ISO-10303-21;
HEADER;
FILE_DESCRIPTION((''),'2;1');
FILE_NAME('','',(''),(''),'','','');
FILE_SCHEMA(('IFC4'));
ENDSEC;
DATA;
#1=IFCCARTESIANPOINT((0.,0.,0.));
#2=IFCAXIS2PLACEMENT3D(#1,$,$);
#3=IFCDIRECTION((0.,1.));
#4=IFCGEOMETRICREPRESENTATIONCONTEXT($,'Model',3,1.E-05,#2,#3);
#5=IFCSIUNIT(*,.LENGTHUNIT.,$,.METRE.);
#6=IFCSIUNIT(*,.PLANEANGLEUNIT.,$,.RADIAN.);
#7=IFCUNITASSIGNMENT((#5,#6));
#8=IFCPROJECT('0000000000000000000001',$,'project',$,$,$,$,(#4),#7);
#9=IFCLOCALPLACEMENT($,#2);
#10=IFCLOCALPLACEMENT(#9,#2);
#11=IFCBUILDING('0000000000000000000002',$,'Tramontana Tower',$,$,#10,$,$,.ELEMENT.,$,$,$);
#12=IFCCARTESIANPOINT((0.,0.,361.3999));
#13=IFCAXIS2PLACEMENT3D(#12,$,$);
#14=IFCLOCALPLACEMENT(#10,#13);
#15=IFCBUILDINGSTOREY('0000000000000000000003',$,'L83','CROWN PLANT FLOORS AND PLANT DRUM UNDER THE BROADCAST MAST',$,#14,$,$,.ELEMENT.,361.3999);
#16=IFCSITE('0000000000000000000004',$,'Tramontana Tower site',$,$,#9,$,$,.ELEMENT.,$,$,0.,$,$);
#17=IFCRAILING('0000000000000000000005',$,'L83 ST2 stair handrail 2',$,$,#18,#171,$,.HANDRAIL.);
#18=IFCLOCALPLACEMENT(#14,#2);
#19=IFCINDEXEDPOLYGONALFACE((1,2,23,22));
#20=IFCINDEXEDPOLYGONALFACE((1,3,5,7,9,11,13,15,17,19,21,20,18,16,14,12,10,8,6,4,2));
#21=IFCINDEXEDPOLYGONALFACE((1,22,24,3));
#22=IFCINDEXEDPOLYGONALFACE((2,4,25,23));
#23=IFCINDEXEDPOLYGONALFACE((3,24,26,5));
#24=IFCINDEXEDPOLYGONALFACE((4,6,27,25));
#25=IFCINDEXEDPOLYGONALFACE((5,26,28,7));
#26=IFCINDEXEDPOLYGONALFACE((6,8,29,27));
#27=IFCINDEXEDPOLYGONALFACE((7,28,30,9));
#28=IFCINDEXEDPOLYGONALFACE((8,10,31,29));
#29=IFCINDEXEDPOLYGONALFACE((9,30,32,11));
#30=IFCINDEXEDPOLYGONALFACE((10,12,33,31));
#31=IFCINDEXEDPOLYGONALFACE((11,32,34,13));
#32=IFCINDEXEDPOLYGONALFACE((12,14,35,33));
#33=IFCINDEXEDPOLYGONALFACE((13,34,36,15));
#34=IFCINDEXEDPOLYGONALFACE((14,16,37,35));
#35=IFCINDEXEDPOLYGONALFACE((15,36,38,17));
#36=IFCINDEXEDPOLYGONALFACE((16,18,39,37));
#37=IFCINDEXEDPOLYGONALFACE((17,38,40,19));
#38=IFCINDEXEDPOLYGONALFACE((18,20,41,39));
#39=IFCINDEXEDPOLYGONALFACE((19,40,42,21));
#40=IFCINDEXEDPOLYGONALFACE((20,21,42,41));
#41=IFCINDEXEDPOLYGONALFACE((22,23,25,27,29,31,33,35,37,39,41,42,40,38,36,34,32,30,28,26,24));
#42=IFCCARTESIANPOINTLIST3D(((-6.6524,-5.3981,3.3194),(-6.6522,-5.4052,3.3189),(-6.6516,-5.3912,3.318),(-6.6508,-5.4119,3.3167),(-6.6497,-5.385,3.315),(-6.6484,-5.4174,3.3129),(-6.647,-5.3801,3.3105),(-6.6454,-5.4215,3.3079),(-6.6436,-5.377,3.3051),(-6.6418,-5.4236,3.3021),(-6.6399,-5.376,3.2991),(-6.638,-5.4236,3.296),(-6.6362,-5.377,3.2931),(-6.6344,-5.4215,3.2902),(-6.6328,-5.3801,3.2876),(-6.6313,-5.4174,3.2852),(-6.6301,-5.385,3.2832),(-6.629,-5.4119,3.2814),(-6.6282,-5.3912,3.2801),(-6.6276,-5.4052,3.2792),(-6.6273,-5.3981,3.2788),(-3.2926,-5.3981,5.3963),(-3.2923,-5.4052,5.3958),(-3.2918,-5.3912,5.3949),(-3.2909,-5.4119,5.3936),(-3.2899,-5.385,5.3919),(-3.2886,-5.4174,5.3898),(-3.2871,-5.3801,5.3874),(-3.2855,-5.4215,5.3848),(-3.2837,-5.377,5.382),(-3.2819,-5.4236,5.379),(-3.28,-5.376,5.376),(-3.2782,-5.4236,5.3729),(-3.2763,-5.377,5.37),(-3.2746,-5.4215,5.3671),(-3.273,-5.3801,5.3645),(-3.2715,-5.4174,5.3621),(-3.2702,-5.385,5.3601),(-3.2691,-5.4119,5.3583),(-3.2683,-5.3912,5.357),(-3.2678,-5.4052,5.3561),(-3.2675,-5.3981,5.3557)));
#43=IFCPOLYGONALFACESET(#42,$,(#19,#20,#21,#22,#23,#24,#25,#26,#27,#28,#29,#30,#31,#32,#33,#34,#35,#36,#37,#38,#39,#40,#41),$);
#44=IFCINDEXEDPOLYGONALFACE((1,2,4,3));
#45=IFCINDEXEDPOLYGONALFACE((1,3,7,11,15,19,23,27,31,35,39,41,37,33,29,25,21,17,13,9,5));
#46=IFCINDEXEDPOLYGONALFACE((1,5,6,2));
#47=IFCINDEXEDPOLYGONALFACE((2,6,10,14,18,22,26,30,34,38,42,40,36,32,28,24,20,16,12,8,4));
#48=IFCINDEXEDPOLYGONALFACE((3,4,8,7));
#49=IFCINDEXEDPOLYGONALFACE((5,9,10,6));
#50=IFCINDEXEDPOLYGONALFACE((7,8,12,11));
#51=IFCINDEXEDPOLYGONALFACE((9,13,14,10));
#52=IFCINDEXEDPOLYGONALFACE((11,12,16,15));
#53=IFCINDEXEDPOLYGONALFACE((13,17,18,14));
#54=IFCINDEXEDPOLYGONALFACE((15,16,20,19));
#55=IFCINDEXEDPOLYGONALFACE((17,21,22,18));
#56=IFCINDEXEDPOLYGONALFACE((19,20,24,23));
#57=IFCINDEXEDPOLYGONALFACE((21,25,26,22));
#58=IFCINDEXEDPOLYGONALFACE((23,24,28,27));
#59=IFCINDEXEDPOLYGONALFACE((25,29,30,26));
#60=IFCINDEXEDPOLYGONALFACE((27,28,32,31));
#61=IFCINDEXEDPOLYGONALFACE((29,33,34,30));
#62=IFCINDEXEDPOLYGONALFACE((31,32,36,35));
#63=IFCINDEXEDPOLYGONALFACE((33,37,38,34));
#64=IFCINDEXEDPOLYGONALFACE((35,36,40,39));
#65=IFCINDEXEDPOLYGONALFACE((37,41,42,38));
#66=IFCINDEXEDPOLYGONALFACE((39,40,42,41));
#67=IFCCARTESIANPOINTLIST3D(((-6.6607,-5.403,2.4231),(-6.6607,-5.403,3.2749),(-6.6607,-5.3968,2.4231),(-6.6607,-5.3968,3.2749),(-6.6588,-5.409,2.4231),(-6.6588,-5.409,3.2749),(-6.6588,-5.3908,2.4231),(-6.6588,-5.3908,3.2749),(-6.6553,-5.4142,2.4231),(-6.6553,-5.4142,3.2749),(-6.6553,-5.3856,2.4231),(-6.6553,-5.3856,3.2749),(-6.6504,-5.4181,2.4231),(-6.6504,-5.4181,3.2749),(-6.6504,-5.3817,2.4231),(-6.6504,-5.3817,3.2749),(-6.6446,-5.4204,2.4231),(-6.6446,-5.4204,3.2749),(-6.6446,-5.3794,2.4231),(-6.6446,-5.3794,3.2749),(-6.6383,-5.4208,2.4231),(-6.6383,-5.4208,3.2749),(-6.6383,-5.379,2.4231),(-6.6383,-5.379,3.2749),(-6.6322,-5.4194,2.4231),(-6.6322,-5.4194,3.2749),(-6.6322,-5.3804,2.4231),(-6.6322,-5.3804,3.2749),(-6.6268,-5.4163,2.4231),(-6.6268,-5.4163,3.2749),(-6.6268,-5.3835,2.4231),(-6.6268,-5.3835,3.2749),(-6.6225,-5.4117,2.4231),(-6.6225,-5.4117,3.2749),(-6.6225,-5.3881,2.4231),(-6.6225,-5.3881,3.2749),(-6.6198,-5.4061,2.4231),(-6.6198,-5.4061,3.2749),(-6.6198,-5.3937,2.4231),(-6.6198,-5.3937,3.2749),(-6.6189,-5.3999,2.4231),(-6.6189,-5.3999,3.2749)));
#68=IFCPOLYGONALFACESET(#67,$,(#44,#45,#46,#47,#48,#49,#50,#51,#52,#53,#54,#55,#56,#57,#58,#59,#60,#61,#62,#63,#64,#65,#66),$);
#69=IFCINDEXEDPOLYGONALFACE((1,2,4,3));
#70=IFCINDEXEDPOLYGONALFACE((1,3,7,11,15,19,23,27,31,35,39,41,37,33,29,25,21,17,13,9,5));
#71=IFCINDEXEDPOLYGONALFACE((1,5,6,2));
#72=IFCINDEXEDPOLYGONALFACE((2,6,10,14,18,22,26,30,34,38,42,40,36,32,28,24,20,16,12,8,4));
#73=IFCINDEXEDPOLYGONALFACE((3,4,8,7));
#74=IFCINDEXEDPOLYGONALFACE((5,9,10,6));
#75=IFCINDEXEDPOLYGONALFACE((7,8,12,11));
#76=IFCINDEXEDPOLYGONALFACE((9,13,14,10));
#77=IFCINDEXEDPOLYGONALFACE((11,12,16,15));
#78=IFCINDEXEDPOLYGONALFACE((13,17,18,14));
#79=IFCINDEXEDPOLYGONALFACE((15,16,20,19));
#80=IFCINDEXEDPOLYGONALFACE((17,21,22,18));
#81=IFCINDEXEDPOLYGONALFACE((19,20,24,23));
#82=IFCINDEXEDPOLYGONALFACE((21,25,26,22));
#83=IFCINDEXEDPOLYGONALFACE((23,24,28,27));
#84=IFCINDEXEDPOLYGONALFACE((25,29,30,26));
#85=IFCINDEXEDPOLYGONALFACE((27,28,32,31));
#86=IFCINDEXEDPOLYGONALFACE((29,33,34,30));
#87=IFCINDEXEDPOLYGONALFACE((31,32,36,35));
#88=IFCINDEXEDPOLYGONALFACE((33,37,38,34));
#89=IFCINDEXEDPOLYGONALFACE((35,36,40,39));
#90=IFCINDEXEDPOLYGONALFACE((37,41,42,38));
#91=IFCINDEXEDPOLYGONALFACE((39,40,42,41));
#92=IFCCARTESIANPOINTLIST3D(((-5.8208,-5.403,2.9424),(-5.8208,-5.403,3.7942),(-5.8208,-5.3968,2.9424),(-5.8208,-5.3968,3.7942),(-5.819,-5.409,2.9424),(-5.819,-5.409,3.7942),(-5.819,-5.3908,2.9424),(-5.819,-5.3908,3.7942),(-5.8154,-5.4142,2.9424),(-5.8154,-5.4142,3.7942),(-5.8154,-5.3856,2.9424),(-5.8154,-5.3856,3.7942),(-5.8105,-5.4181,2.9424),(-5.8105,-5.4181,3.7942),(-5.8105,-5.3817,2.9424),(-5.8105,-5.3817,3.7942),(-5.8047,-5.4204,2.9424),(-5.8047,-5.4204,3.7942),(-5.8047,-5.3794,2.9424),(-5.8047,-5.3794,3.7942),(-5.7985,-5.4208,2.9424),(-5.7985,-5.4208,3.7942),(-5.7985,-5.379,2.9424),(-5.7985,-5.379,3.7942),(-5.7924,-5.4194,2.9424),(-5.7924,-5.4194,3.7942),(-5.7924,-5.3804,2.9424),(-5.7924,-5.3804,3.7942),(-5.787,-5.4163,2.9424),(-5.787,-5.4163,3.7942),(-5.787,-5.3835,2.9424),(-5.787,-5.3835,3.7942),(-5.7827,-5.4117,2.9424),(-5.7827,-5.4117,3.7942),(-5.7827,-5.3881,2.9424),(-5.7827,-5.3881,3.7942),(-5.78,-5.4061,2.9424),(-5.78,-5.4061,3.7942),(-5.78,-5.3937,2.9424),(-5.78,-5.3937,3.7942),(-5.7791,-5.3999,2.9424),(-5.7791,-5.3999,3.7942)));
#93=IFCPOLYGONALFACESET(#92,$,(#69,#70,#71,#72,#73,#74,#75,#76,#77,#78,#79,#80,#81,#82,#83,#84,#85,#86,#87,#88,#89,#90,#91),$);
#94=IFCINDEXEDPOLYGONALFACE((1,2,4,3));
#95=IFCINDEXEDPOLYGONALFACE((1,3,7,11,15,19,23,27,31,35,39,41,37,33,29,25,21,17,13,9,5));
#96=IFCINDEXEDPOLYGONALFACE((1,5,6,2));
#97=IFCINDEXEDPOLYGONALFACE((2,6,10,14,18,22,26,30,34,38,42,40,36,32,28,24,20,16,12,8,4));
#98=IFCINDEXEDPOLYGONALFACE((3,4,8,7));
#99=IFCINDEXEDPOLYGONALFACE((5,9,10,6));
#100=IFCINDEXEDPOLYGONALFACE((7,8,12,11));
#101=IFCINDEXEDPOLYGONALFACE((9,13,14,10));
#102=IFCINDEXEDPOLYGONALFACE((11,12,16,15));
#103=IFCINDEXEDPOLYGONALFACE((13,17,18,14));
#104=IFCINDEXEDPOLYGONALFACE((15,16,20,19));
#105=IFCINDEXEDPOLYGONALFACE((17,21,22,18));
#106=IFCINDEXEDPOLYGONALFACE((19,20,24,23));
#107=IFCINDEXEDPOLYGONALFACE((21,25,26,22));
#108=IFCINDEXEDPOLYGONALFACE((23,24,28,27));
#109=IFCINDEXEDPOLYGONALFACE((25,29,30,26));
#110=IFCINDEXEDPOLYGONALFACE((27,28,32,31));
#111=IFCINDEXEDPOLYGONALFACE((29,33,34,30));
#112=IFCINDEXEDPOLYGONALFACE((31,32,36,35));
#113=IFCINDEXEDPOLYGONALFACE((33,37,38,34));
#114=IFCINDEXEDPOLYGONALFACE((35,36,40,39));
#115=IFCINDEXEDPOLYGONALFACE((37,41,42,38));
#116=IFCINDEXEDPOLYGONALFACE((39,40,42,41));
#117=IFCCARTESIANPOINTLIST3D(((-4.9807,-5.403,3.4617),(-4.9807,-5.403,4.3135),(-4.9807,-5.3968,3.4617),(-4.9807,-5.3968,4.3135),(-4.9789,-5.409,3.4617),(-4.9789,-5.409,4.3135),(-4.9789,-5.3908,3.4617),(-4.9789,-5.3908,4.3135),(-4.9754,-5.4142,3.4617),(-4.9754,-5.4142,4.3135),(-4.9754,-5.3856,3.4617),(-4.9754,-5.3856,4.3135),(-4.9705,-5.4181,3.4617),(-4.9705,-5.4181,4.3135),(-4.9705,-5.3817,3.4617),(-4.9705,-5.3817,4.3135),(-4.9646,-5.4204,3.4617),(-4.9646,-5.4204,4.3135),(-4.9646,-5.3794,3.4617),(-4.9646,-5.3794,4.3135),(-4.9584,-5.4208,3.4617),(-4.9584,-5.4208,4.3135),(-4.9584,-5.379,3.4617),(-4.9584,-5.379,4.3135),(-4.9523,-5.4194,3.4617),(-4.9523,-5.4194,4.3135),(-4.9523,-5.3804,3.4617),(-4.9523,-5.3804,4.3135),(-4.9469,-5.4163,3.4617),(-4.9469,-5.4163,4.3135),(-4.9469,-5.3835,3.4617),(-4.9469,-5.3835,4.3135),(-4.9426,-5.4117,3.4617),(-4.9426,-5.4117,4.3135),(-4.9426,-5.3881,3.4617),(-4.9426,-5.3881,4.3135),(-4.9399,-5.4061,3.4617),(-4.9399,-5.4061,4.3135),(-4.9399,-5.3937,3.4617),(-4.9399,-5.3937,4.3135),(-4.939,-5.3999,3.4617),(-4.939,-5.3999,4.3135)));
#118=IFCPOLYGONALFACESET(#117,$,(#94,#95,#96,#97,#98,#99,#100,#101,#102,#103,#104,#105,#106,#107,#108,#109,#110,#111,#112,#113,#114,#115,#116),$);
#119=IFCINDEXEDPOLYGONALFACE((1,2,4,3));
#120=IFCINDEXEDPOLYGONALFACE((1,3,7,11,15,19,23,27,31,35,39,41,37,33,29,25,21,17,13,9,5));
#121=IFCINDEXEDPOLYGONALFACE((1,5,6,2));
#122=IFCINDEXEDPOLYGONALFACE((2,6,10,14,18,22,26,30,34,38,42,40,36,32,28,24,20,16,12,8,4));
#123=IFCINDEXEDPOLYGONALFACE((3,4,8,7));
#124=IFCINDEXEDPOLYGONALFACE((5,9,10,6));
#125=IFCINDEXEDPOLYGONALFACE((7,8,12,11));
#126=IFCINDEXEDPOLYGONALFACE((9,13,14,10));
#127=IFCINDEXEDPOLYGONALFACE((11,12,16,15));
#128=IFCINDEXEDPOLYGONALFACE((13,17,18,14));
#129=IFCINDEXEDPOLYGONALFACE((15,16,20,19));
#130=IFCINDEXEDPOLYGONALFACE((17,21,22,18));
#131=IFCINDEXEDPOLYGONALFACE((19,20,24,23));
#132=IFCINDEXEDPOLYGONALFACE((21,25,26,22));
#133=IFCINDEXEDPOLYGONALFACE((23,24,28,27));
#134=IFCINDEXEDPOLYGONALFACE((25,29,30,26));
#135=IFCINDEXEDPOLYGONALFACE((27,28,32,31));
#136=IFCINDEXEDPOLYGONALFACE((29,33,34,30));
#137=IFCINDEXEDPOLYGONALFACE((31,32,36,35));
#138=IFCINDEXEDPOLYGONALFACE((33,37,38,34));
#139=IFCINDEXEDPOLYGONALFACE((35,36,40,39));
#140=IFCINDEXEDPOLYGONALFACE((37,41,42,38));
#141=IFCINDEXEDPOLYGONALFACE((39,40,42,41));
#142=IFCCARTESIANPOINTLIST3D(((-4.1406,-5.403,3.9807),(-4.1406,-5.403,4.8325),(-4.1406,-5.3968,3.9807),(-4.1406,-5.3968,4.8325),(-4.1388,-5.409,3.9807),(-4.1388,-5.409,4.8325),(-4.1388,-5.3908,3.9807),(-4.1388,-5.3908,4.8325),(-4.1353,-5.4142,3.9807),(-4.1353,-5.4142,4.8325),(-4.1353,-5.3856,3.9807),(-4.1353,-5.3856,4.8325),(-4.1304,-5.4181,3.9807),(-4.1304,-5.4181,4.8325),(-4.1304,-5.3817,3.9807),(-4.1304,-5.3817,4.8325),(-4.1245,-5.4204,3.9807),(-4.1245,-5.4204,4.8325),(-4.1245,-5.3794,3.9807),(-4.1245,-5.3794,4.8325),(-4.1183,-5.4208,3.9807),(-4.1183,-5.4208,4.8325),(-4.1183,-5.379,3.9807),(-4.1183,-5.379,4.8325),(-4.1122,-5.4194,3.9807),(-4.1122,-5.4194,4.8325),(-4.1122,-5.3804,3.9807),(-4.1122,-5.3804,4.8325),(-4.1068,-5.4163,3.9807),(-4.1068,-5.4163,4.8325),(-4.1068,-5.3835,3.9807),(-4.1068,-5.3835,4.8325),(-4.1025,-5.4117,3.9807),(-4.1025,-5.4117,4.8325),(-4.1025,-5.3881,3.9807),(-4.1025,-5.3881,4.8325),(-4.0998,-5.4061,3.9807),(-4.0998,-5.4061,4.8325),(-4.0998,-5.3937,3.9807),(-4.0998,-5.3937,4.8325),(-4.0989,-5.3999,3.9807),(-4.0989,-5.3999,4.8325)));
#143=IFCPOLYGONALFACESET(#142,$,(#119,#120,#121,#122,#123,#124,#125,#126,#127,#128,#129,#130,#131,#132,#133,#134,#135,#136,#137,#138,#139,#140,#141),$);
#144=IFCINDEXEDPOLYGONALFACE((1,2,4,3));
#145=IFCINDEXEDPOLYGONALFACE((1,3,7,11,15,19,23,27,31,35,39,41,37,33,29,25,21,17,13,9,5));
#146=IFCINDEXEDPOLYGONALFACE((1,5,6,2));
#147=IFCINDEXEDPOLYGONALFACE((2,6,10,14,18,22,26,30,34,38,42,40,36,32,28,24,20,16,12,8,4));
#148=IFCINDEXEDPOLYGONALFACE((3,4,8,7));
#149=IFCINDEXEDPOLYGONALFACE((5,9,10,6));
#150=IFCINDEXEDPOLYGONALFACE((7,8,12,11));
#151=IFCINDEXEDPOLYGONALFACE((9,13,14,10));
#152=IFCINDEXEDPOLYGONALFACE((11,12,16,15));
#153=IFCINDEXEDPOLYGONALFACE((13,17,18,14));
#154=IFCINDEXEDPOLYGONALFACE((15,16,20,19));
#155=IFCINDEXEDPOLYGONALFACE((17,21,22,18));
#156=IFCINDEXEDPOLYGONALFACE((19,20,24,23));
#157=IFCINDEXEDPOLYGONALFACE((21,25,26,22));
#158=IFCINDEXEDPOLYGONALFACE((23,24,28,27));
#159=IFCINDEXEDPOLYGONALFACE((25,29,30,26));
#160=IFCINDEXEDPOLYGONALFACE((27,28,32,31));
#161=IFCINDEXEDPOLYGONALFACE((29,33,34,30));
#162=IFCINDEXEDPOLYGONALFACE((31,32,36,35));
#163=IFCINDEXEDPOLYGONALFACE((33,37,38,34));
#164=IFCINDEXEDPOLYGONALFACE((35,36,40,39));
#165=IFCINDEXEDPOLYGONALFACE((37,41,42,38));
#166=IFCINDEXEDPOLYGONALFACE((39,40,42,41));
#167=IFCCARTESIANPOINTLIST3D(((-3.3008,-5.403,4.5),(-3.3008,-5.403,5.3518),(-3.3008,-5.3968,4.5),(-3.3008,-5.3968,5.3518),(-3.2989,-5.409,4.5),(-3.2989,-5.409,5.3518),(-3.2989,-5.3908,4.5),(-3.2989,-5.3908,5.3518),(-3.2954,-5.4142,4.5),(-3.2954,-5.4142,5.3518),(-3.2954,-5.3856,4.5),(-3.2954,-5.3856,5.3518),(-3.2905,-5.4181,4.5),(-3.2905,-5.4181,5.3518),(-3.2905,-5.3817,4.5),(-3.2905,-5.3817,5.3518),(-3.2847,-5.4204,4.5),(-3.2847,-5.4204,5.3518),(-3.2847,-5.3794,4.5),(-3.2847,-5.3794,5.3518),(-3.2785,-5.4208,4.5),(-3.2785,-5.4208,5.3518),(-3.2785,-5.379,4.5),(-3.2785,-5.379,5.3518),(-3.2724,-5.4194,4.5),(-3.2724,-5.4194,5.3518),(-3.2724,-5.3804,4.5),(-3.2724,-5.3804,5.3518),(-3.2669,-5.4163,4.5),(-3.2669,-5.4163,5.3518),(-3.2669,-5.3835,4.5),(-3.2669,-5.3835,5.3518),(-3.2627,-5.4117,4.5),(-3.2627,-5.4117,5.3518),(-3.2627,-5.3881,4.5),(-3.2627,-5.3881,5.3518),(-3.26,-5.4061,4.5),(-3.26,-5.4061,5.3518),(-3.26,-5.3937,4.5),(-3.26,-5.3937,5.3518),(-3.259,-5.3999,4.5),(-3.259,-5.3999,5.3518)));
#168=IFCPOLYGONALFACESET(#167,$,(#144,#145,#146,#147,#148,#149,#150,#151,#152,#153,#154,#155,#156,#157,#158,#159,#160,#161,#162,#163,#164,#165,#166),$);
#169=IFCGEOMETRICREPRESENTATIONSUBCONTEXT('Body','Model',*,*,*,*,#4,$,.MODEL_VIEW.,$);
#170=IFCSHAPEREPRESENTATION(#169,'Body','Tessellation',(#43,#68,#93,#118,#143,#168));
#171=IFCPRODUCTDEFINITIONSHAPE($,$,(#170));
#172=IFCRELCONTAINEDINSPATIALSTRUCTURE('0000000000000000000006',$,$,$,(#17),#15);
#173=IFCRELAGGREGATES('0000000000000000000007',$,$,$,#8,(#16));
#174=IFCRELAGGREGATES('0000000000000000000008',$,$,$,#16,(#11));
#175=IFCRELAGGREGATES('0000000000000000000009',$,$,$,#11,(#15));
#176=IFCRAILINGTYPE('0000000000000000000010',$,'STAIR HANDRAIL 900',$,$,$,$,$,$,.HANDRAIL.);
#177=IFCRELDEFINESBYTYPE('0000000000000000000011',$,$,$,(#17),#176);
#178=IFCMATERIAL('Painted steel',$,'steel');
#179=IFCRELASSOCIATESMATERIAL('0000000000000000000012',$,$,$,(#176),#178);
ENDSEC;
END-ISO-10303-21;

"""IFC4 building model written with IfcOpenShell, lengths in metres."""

from ifc_helpers import new_model, si_unit, direction, frame, origin, origin_2d, place, context, subcontext, project, spatial, circle, extrude, material, type_object, element, save


model = new_model("IFC4")

# Units and contexts
model_context = context("Model", 3, precision=1e-05, world=origin(), true_north=direction((0.0, 1.0)))
body_context = subcontext(model_context, "Body", "Model", "MODEL_VIEW")
ifc_project = project(units=[si_unit("LENGTHUNIT", "METRE"), si_unit("PLANEANGLEUNIT", "RADIAN")], contexts=[model_context])

# Site, building, storey
site_placement = place(None, origin())
site = spatial("IfcSite", under=ifc_project, at=site_placement, Name="Tramontana Tower site", CompositionType="ELEMENT", RefElevation=0.0)
building_placement = place(site_placement, origin())
building = spatial("IfcBuilding", under=site, at=building_placement, Name="Tramontana Tower", CompositionType="ELEMENT")
storey_placement = place(building_placement, frame((0.0, 0.0, 361.3999)))
storey = spatial("IfcBuildingStorey", under=building, at=storey_placement, Name="L83", Description="CROWN PLANT FLOORS AND PLANT DRUM UNDER THE BROADCAST MAST", CompositionType="ELEMENT", Elevation=361.3999)

# Railing
ifc_material_1 = material(Name="Painted steel", Category="steel")
railing_type = type_object("IfcRailingType", Name="STAIR HANDRAIL 900", PredefinedType="HANDRAIL", material=ifc_material_1)
railing_placement = place(storey_placement, frame((-6.6399, -5.3999, 2.4231)))
element("IfcRailing", 1, at=railing_placement, inside=storey, type_object=railing_type, Name="L83 ST2 stair handrail 2", PredefinedType="HANDRAIL", context=body_context, shape_type="SweptSolid", body=[
    extrude(circle(Radius=0.0239, at=origin_2d()), frame((0.0, 0.0, 0.876), z_axis=(0.850606, 0.0, 0.525803), x_axis=(0.0, 1.0, 0.0)), (0.0, 0.0, 1.0), 3.95),
    extrude(circle(Radius=0.021, at=origin_2d()), origin(), (0.0, 0.0, 1.0), 0.8518),
    extrude(circle(Radius=0.021, at=origin_2d()), frame((0.8398, 0.0, 0.5193)), (0.0, 0.0, 1.0), 0.8518),
    extrude(circle(Radius=0.021, at=origin_2d()), frame((1.6799, 0.0, 1.0386)), (0.0, 0.0, 1.0), 0.8518),
    extrude(circle(Radius=0.021, at=origin_2d()), frame((2.52, 0.0, 1.5576)), (0.0, 0.0, 1.0), 0.8518),
    extrude(circle(Radius=0.021, at=origin_2d()), frame((3.3599, 0.0, 2.0769)), (0.0, 0.0, 1.0), 0.8518),
])

save(model, "model.ifc")
